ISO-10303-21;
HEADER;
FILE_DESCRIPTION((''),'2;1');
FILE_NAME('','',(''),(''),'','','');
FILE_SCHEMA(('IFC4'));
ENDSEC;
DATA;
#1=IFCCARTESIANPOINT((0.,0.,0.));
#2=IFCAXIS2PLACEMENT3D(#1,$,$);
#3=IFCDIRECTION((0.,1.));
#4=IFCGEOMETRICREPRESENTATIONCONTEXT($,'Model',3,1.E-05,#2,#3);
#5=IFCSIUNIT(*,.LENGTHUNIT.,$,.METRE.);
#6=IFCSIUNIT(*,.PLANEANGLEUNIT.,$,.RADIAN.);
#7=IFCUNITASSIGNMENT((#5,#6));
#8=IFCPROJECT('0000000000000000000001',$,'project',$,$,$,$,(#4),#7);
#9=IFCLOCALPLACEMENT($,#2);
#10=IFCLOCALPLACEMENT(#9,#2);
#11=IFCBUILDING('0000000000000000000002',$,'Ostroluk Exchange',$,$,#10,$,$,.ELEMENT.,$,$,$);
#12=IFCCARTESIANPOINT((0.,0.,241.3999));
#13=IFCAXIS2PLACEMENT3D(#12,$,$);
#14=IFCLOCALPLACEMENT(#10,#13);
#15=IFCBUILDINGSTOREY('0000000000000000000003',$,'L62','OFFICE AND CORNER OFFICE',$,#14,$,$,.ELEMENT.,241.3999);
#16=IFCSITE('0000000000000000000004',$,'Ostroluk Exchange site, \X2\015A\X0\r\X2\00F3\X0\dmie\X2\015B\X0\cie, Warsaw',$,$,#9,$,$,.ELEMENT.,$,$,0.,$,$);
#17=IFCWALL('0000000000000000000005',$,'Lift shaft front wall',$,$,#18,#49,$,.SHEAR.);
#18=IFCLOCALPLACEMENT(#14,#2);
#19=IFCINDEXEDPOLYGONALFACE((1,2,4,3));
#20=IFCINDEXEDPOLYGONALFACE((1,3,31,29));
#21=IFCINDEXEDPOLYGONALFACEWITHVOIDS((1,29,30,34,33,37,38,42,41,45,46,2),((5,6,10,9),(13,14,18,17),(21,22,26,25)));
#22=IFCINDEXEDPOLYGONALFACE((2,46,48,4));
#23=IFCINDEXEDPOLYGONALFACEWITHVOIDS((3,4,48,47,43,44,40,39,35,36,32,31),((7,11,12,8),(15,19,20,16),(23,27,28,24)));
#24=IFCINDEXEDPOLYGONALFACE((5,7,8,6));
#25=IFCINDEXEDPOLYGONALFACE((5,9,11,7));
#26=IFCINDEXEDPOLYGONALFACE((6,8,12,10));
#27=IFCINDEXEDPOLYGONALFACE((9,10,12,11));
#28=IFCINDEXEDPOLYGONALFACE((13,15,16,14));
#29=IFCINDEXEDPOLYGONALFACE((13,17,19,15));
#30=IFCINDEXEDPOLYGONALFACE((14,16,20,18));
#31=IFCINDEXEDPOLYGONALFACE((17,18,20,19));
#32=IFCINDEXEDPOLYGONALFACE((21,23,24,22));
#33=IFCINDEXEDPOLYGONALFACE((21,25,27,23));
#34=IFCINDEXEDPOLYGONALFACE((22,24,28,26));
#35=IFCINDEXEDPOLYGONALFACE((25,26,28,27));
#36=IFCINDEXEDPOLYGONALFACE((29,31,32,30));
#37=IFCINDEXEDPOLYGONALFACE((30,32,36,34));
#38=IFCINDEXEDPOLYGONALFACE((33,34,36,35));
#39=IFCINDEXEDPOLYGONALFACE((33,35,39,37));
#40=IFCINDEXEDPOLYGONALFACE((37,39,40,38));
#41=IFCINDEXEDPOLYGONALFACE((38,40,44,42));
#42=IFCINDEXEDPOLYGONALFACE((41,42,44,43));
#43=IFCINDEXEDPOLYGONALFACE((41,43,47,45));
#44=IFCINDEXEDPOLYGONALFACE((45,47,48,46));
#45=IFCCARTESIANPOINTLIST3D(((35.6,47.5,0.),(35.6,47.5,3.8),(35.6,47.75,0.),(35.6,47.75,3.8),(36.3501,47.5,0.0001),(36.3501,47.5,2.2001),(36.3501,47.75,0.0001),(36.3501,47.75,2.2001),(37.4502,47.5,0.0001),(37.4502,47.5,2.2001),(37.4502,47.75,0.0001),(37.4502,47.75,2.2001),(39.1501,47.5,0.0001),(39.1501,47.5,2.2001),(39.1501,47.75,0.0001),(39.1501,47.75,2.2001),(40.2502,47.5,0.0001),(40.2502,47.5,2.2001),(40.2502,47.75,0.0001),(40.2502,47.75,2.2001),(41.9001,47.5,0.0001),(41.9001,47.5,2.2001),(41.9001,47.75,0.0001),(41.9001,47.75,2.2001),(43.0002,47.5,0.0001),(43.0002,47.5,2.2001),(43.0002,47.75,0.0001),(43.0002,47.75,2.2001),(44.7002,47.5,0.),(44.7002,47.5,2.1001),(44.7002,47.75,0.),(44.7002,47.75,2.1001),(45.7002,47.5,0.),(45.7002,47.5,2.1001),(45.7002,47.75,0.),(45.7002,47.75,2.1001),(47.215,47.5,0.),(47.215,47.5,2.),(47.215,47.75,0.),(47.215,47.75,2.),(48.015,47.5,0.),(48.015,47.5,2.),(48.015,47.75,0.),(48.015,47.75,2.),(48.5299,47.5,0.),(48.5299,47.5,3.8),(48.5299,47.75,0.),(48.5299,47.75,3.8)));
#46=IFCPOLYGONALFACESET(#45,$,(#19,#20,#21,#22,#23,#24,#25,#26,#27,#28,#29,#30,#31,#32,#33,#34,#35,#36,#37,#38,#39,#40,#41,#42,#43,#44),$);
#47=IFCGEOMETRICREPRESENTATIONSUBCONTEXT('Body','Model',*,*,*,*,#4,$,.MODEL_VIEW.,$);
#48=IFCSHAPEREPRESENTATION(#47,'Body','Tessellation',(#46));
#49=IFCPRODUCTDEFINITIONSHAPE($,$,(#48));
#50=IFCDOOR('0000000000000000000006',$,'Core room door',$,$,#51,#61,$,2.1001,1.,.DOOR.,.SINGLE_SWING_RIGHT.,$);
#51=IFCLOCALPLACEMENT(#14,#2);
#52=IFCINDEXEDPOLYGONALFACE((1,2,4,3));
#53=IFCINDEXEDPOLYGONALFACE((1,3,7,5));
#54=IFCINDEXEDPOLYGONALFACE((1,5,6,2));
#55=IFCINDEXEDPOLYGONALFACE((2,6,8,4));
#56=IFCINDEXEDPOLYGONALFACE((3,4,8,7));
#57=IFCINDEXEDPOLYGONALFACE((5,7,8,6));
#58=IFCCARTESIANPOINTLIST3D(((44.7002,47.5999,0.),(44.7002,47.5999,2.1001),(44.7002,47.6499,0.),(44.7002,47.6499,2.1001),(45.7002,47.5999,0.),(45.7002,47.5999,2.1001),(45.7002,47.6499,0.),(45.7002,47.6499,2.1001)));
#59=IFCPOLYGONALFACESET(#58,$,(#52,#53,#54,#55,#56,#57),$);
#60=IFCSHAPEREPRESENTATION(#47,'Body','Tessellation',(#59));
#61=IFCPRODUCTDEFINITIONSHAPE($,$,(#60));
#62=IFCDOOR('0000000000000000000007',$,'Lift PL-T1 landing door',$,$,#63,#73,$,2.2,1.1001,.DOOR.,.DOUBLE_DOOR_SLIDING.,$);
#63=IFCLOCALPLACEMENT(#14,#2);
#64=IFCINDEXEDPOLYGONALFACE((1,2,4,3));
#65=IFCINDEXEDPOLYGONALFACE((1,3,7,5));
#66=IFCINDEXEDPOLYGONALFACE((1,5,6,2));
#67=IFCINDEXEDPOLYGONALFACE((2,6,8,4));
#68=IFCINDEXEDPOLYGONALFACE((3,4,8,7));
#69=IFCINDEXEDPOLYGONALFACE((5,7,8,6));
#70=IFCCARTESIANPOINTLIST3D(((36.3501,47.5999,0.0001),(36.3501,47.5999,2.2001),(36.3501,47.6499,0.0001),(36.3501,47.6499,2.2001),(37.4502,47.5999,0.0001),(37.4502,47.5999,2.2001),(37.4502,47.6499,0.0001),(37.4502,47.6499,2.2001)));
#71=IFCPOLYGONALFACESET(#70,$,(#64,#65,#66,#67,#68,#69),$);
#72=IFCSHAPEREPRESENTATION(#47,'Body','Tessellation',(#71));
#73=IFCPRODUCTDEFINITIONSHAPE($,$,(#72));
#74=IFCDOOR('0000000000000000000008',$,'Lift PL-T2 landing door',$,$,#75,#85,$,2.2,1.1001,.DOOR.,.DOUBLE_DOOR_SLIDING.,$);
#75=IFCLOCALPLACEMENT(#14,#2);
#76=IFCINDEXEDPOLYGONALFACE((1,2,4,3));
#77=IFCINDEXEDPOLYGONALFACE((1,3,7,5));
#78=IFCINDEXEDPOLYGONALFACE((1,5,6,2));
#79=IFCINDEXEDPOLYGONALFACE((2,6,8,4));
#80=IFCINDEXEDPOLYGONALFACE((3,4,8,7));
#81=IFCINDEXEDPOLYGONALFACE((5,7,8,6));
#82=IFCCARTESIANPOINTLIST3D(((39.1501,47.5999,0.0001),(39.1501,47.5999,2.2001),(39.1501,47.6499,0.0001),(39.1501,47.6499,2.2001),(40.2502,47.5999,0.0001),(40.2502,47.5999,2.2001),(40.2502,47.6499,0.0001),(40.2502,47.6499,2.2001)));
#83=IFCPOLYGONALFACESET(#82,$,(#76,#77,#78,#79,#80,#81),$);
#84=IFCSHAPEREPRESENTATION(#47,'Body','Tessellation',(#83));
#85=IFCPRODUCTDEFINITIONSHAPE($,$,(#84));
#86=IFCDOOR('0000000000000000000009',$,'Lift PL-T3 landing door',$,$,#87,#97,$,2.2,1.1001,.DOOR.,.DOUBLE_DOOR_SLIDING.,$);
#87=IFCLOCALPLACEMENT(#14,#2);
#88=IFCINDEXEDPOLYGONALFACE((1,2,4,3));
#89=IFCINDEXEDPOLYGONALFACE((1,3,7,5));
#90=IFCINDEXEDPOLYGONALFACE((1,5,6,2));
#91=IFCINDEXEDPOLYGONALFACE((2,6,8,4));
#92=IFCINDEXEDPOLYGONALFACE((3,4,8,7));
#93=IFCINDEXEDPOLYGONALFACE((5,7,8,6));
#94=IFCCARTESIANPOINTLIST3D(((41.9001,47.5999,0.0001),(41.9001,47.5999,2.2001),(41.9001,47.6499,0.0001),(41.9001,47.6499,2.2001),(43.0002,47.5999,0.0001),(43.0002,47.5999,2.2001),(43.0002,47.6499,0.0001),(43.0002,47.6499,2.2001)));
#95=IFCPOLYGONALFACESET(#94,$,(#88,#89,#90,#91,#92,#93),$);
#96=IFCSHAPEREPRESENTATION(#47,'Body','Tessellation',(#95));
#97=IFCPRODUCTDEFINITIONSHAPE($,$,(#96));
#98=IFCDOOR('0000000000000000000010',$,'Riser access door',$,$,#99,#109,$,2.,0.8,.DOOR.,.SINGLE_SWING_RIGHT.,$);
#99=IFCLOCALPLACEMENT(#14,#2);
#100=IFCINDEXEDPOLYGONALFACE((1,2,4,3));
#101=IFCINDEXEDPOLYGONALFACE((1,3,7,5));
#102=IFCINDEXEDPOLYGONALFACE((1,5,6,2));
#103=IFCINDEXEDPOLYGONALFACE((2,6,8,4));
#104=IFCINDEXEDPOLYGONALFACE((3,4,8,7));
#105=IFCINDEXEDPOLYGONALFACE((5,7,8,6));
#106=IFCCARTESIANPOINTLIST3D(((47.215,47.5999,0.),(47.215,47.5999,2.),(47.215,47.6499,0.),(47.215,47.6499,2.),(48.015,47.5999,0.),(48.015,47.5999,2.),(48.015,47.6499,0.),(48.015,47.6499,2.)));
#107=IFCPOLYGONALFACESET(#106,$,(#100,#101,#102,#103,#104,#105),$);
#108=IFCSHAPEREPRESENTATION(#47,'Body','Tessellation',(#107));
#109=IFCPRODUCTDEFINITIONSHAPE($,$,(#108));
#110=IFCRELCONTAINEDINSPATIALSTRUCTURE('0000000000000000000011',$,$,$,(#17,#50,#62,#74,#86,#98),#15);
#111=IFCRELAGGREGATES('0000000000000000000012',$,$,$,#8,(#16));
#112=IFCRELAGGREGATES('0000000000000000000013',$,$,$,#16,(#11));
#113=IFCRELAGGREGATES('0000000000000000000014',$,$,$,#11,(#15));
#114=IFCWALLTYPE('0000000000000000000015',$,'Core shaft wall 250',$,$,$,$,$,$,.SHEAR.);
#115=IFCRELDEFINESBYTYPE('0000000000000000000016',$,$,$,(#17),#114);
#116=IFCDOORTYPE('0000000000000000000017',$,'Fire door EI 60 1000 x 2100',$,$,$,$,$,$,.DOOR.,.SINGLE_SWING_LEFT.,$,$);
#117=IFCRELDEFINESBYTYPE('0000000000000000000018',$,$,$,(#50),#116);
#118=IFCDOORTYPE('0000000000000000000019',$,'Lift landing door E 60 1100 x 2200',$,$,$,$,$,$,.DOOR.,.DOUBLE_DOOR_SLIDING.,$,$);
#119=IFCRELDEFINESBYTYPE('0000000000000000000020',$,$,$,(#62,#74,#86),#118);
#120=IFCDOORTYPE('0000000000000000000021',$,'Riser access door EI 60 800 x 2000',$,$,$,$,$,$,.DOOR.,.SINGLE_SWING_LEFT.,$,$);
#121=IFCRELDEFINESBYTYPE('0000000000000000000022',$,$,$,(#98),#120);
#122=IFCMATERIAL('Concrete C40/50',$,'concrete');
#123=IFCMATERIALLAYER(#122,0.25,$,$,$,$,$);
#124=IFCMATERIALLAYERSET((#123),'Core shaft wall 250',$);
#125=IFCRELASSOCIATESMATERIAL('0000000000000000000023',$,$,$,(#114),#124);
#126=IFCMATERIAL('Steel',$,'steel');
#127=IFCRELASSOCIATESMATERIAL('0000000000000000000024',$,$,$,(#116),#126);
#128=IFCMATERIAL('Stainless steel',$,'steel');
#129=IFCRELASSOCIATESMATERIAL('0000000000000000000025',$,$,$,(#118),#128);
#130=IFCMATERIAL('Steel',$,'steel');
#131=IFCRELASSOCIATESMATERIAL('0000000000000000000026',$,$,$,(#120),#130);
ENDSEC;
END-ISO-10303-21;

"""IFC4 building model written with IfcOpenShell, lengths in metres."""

from ifc_helpers import new_model, si_unit, direction, frame, frame_2d, origin, place, context, subcontext, project, spatial, rectangle, extrude, material, layer, layer_set, type_object, element, fill, save


model = new_model("IFC4")

# Units and contexts
model_context = context("Model", 3, precision=1e-05, world=origin(), true_north=direction((0.0, 1.0)))
body_context = subcontext(model_context, "Body", "Model", "MODEL_VIEW")
ifc_project = project(units=[si_unit("LENGTHUNIT", "METRE"), si_unit("PLANEANGLEUNIT", "RADIAN")], contexts=[model_context])

# Site, building, storey
site_placement = place(None, origin())
site = spatial("IfcSite", under=ifc_project, at=site_placement, Name="Ostroluk Exchange site, Śródmieście, Warsaw", CompositionType="ELEMENT", RefElevation=0.0)
building_placement = place(site_placement, origin())
building = spatial("IfcBuilding", under=site, at=building_placement, Name="Ostroluk Exchange", CompositionType="ELEMENT")
storey_placement = place(building_placement, frame((0.0, 0.0, 241.3999)))
storey = spatial("IfcBuildingStorey", under=building, at=storey_placement, Name="L62", Description="OFFICE AND CORNER OFFICE", CompositionType="ELEMENT", Elevation=241.3999)

# Shared definitions
ifc_material_1 = material(Name="Concrete C40/50", Category="concrete")
ifc_layer_1 = layer(ifc_material_1, 0.25)
ifc_layer_set_1 = layer_set([ifc_layer_1], Name="Core shaft wall 250")
wall_type_1 = type_object("IfcWallType", Name="Core shaft wall 250", PredefinedType="SHEAR", material=ifc_layer_set_1)

# Wall, openings, doors
wall_1_placement = place(storey_placement, frame((35.6001, 47.625, 0.0), z_axis=(0.0, 0.0, 1.0), x_axis=(1.0, 0.0, 0.0)))
wall_1 = element("IfcWall", 1, at=wall_1_placement, inside=storey, type_object=wall_type_1, Name="Lift shaft front wall", PredefinedType="SHEAR", context=body_context, shape_type="SweptSolid", body=[
    extrude(rectangle(XDim=12.9299, YDim=0.25, at=frame_2d((6.4648, 0.0))), origin(), (0.0, 0.0, 1.0), 3.8),
])
opening_1_placement = place(wall_1_placement, frame((0.75, 0.0, 0.0)))
opening_1 = element("IfcOpeningElement", 2, at=opening_1_placement, cuts=wall_1, PredefinedType="OPENING", context=body_context, shape_type="SweptSolid", body=[
    extrude(rectangle(XDim=1.1001, YDim=2.2, at=frame_2d((0.55, 1.1001))), frame((0.0, 0.135, 0.0), z_axis=(0.0, -1.0, 0.0), x_axis=(1.0, 0.0, 0.0)), (0.0, 0.0, 1.0), 0.27),
])
opening_2_placement = place(wall_1_placement, frame((3.55, 0.0, 0.0)))
opening_2 = element("IfcOpeningElement", 3, at=opening_2_placement, cuts=wall_1, PredefinedType="OPENING", context=body_context, shape_type="SweptSolid", body=[
    extrude(rectangle(XDim=1.1001, YDim=2.2, at=frame_2d((0.55, 1.1001))), frame((0.0, 0.135, 0.0), z_axis=(0.0, -1.0, 0.0), x_axis=(1.0, 0.0, 0.0)), (0.0, 0.0, 1.0), 0.27),
])
opening_3_placement = place(wall_1_placement, frame((6.3, 0.0, 0.0)))
opening_3 = element("IfcOpeningElement", 4, at=opening_3_placement, cuts=wall_1, PredefinedType="OPENING", context=body_context, shape_type="SweptSolid", body=[
    extrude(rectangle(XDim=1.1001, YDim=2.2, at=frame_2d((0.55, 1.1001))), frame((0.0, 0.135, 0.0), z_axis=(0.0, -1.0, 0.0), x_axis=(1.0, 0.0, 0.0)), (0.0, 0.0, 1.0), 0.27),
])
opening_4_placement = place(wall_1_placement, frame((9.1001, 0.0, 0.0)))
opening_4 = element("IfcOpeningElement", 5, at=opening_4_placement, cuts=wall_1, PredefinedType="OPENING", context=body_context, shape_type="SweptSolid", body=[
    extrude(rectangle(XDim=1.0, YDim=2.1001, at=frame_2d((0.5, 1.05))), frame((0.0, 0.135, 0.0), z_axis=(0.0, -1.0, 0.0), x_axis=(1.0, 0.0, 0.0)), (0.0, 0.0, 1.0), 0.27),
])
opening_5_placement = place(wall_1_placement, frame((11.615, 0.0, 0.0)))
opening_5 = element("IfcOpeningElement", 6, at=opening_5_placement, cuts=wall_1, PredefinedType="OPENING", context=body_context, shape_type="SweptSolid", body=[
    extrude(rectangle(XDim=0.8, YDim=2.0, at=frame_2d((0.3999, 1.0))), frame((0.0, 0.135, 0.0), z_axis=(0.0, -1.0, 0.0), x_axis=(1.0, 0.0, 0.0)), (0.0, 0.0, 1.0), 0.27),
])
ifc_material_2 = material(Name="Steel", Category="steel")
door_type_1 = type_object("IfcDoorType", Name="Fire door EI 60 1000 x 2100", OperationType="SINGLE_SWING_LEFT", PredefinedType="DOOR", material=ifc_material_2)
door_1_placement = place(opening_4_placement, origin())
door_1 = element("IfcDoor", 7, at=door_1_placement, inside=storey, type_object=door_type_1, Name="Core room door", OperationType="SINGLE_SWING_RIGHT", OverallHeight=2.1001, OverallWidth=1.0, PredefinedType="DOOR", context=body_context, shape_type="SweptSolid", body=[
    extrude(rectangle(XDim=1.0, YDim=2.1001, at=frame_2d((0.5, 1.05))), frame((0.0, 0.0249, 0.0), z_axis=(0.0, -1.0, 0.0), x_axis=(1.0, 0.0, 0.0)), (0.0, 0.0, 1.0), 0.05),
])
fill(opening_4, door_1)
ifc_material_3 = material(Name="Stainless steel", Category="steel")
door_type_2 = type_object("IfcDoorType", Name="Lift landing door E 60 1100 x 2200", OperationType="DOUBLE_DOOR_SLIDING", PredefinedType="DOOR", material=ifc_material_3)
door_2_placement = place(opening_1_placement, origin())
door_2 = element("IfcDoor", 8, at=door_2_placement, inside=storey, type_object=door_type_2, Name="Lift PL-T1 landing door", OperationType="DOUBLE_DOOR_SLIDING", OverallHeight=2.2, OverallWidth=1.1001, PredefinedType="DOOR", context=body_context, shape_type="SweptSolid", body=[
    extrude(rectangle(XDim=1.1001, YDim=2.2, at=frame_2d((0.55, 1.1001))), frame((0.0, 0.0249, 0.0), z_axis=(0.0, -1.0, 0.0), x_axis=(1.0, 0.0, 0.0)), (0.0, 0.0, 1.0), 0.05),
])
fill(opening_1, door_2)
door_3_placement = place(opening_2_placement, origin())
door_3 = element("IfcDoor", 9, at=door_3_placement, inside=storey, type_object=door_type_2, Name="Lift PL-T2 landing door", OperationType="DOUBLE_DOOR_SLIDING", OverallHeight=2.2, OverallWidth=1.1001, PredefinedType="DOOR", context=body_context, shape_type="SweptSolid", body=[
    extrude(rectangle(XDim=1.1001, YDim=2.2, at=frame_2d((0.55, 1.1001))), frame((0.0, 0.0249, 0.0), z_axis=(0.0, -1.0, 0.0), x_axis=(1.0, 0.0, 0.0)), (0.0, 0.0, 1.0), 0.05),
])
fill(opening_2, door_3)
door_4_placement = place(opening_3_placement, origin())
door_4 = element("IfcDoor", 10, at=door_4_placement, inside=storey, type_object=door_type_2, Name="Lift PL-T3 landing door", OperationType="DOUBLE_DOOR_SLIDING", OverallHeight=2.2, OverallWidth=1.1001, PredefinedType="DOOR", context=body_context, shape_type="SweptSolid", body=[
    extrude(rectangle(XDim=1.1001, YDim=2.2, at=frame_2d((0.55, 1.1001))), frame((0.0, 0.0249, 0.0), z_axis=(0.0, -1.0, 0.0), x_axis=(1.0, 0.0, 0.0)), (0.0, 0.0, 1.0), 0.05),
])
fill(opening_3, door_4)
ifc_material_4 = material(Name="Steel", Category="steel")
door_type_3 = type_object("IfcDoorType", Name="Riser access door EI 60 800 x 2000", OperationType="SINGLE_SWING_LEFT", PredefinedType="DOOR", material=ifc_material_4)
door_5_placement = place(opening_5_placement, origin())
door_5 = element("IfcDoor", 11, at=door_5_placement, inside=storey, type_object=door_type_3, Name="Riser access door", OperationType="SINGLE_SWING_RIGHT", OverallHeight=2.0, OverallWidth=0.8, PredefinedType="DOOR", context=body_context, shape_type="SweptSolid", body=[
    extrude(rectangle(XDim=0.8, YDim=2.0, at=frame_2d((0.3999, 1.0))), frame((0.0, 0.0249, 0.0), z_axis=(0.0, -1.0, 0.0), x_axis=(1.0, 0.0, 0.0)), (0.0, 0.0, 1.0), 0.05),
])
fill(opening_5, door_5)

save(model, "model.ifc")
